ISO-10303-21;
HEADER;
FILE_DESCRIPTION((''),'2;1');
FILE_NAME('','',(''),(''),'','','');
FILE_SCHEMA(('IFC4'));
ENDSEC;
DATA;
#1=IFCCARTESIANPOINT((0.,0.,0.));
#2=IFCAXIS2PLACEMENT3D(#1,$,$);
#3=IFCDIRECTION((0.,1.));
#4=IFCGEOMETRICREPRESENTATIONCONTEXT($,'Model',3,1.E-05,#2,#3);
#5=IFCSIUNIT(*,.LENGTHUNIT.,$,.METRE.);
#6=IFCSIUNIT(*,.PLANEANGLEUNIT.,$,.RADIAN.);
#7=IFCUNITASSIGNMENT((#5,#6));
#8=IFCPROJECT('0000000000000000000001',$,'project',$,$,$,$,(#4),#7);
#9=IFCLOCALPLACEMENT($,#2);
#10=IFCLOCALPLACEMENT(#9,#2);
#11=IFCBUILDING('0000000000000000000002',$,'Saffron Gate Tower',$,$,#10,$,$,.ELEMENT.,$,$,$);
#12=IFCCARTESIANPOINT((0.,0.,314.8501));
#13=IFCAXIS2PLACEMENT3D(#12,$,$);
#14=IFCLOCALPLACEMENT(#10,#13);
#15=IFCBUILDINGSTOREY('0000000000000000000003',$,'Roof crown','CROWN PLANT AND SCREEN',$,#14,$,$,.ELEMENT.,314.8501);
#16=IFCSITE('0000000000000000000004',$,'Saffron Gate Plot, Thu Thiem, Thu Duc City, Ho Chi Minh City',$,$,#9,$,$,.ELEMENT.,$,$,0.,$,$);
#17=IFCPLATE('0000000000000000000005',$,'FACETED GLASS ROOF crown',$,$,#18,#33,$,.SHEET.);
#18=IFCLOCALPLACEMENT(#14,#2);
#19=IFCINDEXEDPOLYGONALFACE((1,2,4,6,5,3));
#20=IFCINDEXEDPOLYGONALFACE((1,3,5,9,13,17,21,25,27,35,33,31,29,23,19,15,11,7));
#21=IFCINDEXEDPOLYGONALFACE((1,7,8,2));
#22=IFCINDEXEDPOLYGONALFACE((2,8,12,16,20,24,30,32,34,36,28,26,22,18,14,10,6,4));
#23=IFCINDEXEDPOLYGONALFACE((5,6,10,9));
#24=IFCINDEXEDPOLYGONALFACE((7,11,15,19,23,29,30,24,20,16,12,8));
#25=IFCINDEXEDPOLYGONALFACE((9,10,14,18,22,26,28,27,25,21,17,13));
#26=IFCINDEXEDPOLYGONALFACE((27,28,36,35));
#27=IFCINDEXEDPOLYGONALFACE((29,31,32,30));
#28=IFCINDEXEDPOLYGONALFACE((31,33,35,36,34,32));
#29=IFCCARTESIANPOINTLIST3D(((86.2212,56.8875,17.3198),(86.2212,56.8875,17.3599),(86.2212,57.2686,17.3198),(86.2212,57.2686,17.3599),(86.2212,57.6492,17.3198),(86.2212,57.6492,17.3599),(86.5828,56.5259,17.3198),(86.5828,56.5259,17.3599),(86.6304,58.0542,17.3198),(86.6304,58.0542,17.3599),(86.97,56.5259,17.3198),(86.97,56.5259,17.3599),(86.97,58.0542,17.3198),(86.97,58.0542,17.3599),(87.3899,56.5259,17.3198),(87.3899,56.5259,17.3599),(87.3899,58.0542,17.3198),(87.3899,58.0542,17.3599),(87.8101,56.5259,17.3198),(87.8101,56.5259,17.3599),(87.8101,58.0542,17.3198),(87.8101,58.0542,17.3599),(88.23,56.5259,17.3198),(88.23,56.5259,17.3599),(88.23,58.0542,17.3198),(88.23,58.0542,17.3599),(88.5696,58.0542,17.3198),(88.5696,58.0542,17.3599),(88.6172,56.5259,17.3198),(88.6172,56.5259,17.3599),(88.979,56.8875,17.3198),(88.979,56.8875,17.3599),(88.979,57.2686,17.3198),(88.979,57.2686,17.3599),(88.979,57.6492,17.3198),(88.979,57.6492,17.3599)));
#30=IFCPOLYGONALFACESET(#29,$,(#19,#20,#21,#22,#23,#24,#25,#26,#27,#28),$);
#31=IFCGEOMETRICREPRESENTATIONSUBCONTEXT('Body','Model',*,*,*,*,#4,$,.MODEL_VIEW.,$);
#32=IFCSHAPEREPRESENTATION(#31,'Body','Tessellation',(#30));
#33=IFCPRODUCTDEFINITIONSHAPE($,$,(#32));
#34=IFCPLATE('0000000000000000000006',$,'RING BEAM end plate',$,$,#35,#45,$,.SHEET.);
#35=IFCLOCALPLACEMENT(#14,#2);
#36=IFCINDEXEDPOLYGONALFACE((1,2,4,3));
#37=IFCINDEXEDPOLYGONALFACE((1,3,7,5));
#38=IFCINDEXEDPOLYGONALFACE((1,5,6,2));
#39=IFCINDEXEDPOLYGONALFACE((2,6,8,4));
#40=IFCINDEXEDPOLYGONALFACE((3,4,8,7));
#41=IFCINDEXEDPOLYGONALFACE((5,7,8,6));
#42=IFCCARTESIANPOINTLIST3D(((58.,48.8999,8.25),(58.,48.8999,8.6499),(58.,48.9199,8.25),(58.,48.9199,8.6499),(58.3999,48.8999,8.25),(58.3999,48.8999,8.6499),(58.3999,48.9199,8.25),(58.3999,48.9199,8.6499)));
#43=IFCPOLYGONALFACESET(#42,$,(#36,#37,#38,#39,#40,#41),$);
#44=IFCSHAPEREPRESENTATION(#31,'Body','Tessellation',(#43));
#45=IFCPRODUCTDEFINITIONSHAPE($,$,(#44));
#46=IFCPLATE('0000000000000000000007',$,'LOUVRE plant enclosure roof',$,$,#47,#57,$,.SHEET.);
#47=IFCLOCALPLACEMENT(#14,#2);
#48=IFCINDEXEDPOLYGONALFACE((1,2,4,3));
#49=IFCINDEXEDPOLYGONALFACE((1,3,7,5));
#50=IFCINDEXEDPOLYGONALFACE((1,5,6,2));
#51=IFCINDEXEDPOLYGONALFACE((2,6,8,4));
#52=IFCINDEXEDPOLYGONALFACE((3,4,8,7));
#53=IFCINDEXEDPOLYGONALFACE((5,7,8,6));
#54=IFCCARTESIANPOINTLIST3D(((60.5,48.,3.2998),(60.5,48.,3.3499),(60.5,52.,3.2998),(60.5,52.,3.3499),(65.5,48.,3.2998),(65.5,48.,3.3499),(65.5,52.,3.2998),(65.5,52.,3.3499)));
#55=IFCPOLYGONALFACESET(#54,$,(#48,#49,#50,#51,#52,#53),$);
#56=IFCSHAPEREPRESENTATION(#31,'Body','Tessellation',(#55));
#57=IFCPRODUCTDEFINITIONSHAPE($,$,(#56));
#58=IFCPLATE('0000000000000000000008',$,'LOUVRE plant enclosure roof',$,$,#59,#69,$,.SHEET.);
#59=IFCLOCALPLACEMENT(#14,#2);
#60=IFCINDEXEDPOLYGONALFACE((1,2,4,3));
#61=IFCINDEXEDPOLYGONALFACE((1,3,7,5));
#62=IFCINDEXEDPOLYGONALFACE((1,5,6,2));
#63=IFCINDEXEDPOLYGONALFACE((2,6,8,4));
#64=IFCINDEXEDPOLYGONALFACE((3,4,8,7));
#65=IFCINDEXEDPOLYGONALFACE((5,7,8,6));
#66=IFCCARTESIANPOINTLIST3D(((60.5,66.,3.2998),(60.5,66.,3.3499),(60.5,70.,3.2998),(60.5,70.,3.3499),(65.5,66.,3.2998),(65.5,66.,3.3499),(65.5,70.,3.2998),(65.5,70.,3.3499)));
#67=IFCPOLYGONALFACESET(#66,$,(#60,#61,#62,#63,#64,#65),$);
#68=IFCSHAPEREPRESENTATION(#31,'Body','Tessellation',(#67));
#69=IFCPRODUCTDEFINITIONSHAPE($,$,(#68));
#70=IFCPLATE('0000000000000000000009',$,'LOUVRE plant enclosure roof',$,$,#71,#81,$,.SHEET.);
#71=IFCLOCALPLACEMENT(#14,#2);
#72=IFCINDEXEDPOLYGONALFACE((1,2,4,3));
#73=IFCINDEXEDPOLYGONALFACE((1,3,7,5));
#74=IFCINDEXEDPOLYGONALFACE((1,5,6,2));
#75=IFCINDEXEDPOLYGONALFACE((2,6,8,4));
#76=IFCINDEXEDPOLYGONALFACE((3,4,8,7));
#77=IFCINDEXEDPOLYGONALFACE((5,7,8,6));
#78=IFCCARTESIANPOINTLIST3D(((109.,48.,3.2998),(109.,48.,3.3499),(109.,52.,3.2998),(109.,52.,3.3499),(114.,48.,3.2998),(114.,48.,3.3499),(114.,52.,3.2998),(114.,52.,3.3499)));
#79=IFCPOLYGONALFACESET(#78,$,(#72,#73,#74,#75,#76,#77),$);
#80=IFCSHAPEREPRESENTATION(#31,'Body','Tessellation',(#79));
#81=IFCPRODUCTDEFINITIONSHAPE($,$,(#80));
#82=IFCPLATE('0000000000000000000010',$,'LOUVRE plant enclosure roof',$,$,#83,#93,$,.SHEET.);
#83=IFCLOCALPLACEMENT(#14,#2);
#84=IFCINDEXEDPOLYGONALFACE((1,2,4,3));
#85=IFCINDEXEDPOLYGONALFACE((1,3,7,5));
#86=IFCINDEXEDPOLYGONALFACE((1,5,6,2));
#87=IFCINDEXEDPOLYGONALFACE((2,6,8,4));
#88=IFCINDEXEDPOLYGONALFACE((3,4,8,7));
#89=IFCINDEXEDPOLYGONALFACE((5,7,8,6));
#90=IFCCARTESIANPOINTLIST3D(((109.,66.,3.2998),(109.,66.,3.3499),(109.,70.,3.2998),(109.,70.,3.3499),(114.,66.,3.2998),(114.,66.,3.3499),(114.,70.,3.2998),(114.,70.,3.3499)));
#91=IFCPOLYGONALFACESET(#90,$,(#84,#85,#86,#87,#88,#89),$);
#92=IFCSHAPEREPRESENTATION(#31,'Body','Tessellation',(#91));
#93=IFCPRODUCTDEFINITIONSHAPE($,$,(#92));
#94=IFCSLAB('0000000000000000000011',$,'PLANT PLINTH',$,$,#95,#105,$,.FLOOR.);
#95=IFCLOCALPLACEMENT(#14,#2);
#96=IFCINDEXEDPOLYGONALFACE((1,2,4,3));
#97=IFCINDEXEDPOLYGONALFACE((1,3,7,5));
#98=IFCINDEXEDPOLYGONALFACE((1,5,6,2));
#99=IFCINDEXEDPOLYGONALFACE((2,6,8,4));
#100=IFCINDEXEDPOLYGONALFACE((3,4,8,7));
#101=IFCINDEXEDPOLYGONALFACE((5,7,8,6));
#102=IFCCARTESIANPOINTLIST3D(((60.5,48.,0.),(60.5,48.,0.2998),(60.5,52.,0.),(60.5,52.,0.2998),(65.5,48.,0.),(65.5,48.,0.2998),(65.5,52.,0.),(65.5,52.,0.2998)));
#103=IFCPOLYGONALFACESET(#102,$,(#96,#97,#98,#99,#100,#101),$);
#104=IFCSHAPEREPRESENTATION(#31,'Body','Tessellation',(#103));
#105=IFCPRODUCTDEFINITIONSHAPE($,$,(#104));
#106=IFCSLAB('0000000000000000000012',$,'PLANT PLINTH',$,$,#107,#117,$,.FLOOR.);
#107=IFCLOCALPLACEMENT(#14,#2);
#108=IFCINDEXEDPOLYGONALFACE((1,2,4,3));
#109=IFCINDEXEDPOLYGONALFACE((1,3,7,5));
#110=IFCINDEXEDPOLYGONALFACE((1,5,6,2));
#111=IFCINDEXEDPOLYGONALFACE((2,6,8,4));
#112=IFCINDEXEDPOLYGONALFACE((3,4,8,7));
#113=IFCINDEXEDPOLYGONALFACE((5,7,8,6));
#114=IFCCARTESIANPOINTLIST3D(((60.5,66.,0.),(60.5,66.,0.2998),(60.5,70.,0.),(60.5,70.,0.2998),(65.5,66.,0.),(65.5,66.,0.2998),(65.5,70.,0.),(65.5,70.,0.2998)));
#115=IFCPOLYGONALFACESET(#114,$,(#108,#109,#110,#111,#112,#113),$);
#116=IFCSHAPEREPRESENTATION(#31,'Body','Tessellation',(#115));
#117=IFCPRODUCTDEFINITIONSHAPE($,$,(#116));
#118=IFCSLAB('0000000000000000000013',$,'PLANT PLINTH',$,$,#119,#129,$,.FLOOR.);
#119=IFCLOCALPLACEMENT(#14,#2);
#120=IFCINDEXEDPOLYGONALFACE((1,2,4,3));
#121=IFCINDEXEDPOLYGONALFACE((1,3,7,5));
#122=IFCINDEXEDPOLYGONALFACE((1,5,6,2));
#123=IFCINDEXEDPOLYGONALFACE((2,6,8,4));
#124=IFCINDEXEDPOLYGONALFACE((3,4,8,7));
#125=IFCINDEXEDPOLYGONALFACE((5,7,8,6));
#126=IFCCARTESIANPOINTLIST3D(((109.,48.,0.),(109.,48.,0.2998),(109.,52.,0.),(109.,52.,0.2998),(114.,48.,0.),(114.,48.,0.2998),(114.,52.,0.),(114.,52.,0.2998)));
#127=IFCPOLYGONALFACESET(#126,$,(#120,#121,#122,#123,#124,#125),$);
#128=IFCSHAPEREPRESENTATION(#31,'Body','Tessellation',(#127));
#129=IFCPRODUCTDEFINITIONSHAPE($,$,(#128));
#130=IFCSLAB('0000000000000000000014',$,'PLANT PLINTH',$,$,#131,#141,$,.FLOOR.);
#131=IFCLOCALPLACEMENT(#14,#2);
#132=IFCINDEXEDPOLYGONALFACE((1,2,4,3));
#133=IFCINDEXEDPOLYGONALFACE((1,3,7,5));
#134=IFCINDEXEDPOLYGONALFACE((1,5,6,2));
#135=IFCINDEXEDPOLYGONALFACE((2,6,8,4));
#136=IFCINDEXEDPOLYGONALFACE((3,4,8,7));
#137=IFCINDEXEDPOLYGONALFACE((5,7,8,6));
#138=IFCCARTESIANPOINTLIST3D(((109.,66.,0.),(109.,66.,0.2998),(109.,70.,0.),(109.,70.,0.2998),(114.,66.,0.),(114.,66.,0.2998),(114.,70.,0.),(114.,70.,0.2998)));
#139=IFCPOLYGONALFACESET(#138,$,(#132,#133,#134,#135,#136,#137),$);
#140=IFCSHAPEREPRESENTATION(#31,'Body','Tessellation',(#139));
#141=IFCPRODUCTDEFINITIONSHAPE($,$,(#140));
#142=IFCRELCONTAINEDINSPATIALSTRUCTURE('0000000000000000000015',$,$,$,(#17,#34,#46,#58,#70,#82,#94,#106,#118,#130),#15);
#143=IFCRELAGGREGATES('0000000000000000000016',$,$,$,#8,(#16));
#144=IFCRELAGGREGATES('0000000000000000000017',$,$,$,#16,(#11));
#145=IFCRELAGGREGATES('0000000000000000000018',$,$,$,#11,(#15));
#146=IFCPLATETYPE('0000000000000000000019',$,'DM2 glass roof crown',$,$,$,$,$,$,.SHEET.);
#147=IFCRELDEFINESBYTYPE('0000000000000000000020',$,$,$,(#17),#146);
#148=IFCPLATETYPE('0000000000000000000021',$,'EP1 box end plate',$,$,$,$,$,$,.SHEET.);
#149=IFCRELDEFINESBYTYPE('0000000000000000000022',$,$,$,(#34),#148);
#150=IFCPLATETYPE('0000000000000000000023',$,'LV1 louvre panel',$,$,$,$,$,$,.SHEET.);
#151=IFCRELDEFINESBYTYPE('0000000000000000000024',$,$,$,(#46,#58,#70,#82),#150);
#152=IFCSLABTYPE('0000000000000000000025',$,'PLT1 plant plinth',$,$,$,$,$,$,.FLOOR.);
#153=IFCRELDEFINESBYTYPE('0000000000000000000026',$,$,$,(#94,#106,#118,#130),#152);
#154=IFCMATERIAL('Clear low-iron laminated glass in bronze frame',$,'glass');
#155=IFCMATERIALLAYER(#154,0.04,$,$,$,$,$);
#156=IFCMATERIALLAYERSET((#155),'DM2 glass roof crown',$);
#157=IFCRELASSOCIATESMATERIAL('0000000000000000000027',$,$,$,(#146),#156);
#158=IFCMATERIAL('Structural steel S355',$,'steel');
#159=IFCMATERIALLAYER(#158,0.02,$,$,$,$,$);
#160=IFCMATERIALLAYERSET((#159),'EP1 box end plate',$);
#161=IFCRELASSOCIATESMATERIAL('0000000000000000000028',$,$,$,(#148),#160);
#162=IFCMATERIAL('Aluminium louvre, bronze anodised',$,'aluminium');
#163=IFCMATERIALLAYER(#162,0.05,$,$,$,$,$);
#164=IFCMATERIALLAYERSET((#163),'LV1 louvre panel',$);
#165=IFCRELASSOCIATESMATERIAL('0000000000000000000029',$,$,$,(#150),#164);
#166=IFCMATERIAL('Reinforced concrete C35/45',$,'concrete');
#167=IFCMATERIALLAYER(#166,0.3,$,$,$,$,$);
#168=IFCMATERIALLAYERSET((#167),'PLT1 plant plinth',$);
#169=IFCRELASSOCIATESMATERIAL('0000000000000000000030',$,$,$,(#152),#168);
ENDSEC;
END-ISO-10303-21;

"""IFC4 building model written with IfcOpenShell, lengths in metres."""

from ifc_helpers import new_model, si_unit, direction, frame, origin, origin_2d, place, context, subcontext, project, spatial, polyline, rectangle, outline, extrude, material, layer, layer_set, type_object, element, save


model = new_model("IFC4")

# Units and contexts
model_context = context("Model", 3, precision=1e-05, world=origin(), true_north=direction((0.0, 1.0)))
body_context = subcontext(model_context, "Body", "Model", "MODEL_VIEW")
ifc_project = project(units=[si_unit("LENGTHUNIT", "METRE"), si_unit("PLANEANGLEUNIT", "RADIAN")], contexts=[model_context])

# Site, building, storey
site_placement = place(None, origin())
site = spatial("IfcSite", under=ifc_project, at=site_placement, Name="Saffron Gate Plot, Thu Thiem, Thu Duc City, Ho Chi Minh City", CompositionType="ELEMENT", RefElevation=0.0)
building_placement = place(site_placement, origin())
building = spatial("IfcBuilding", under=site, at=building_placement, Name="Saffron Gate Tower", CompositionType="ELEMENT")
storey_placement = place(building_placement, frame((0.0, 0.0, 314.8501)))
storey = spatial("IfcBuildingStorey", under=building, at=storey_placement, Name="Roof crown", Description="CROWN PLANT AND SCREEN", CompositionType="ELEMENT", Elevation=314.8501)

# Shared definitions
ifc_material_1 = material(Name="Structural steel S355", Category="steel")

# Plates
ifc_material_2 = material(Name="Clear low-iron laminated glass in bronze frame", Category="glass")
ifc_layer_1 = layer(ifc_material_2, 0.04)
ifc_layer_set_1 = layer_set([ifc_layer_1], Name="DM2 glass roof crown")
plate_type_1 = type_object("IfcPlateType", Name="DM2 glass roof crown", PredefinedType="SHEET", material=ifc_layer_set_1)
plate_1_placement = place(storey_placement, frame((0.0, 0.0, 17.3198)))
element("IfcPlate", 1, at=plate_1_placement, inside=storey, type_object=plate_type_1, Name="FACETED GLASS ROOF crown", PredefinedType="SHEET", context=body_context, shape_type="SweptSolid", body=[
    extrude(outline(polyline([(86.5828, 56.5259), (86.97, 56.5259), (87.3899, 56.5259), (87.8101, 56.5259), (88.23, 56.5259), (88.6172, 56.5259), (88.979, 56.8875), (88.979, 57.2686), (88.979, 57.6492), (88.5696, 58.0542), (88.23, 58.0542), (87.8101, 58.0542), (87.3899, 58.0542), (86.97, 58.0542), (86.6304, 58.0542), (86.2212, 57.6492), (86.2212, 57.2686), (86.2212, 56.8875), (86.5828, 56.5259)])), origin(), (0.0, 0.0, 1.0), 0.04),
])
ifc_layer_2 = layer(ifc_material_1, 0.02)
ifc_layer_set_2 = layer_set([ifc_layer_2], Name="EP1 box end plate")
plate_type_2 = type_object("IfcPlateType", Name="EP1 box end plate", PredefinedType="SHEET", material=ifc_layer_set_2)
plate_2_placement = place(storey_placement, frame((58.2, 48.9099, 8.25), z_axis=(0.0, 0.0, 1.0), x_axis=(0.0, -1.0, 0.0)))
element("IfcPlate", 2, at=plate_2_placement, inside=storey, type_object=plate_type_2, Name="RING BEAM end plate", PredefinedType="SHEET", context=body_context, shape_type="SweptSolid", body=[
    extrude(rectangle(XDim=0.02, YDim=0.3999, at=origin_2d()), origin(), (0.0, 0.0, 1.0), 0.3999),
])
ifc_material_3 = material(Name="Aluminium louvre, bronze anodised", Category="aluminium")
ifc_layer_3 = layer(ifc_material_3, 0.05)
ifc_layer_set_3 = layer_set([ifc_layer_3], Name="LV1 louvre panel")
plate_type_3 = type_object("IfcPlateType", Name="LV1 louvre panel", PredefinedType="SHEET", material=ifc_layer_set_3)
plate_3_placement = place(storey_placement, frame((0.0, 0.0, 3.2998)))
element("IfcPlate", 3, at=plate_3_placement, inside=storey, type_object=plate_type_3, Name="LOUVRE plant enclosure roof", PredefinedType="SHEET", context=body_context, shape_type="SweptSolid", body=[
    extrude(outline(polyline([(60.5, 48.0), (65.5, 48.0), (65.5, 52.0), (60.5, 52.0), (60.5, 48.0)])), origin(), (0.0, 0.0, 1.0), 0.05),
])
plate_4_placement = place(storey_placement, frame((0.0, 0.0, 3.2998)))
element("IfcPlate", 4, at=plate_4_placement, inside=storey, type_object=plate_type_3, Name="LOUVRE plant enclosure roof", PredefinedType="SHEET", context=body_context, shape_type="SweptSolid", body=[
    extrude(outline(polyline([(60.5, 66.0), (65.5, 66.0), (65.5, 70.0), (60.5, 70.0), (60.5, 66.0)])), origin(), (0.0, 0.0, 1.0), 0.05),
])
plate_5_placement = place(storey_placement, frame((0.0, 0.0, 3.2998)))
element("IfcPlate", 5, at=plate_5_placement, inside=storey, type_object=plate_type_3, Name="LOUVRE plant enclosure roof", PredefinedType="SHEET", context=body_context, shape_type="SweptSolid", body=[
    extrude(outline(polyline([(109.0, 48.0), (114.0, 48.0), (114.0, 52.0), (109.0, 52.0), (109.0, 48.0)])), origin(), (0.0, 0.0, 1.0), 0.05),
])
plate_6_placement = place(storey_placement, frame((0.0, 0.0, 3.2998)))
element("IfcPlate", 6, at=plate_6_placement, inside=storey, type_object=plate_type_3, Name="LOUVRE plant enclosure roof", PredefinedType="SHEET", context=body_context, shape_type="SweptSolid", body=[
    extrude(outline(polyline([(109.0, 66.0), (114.0, 66.0), (114.0, 70.0), (109.0, 70.0), (109.0, 66.0)])), origin(), (0.0, 0.0, 1.0), 0.05),
])

# Slabs
ifc_material_4 = material(Name="Reinforced concrete C35/45", Category="concrete")
ifc_layer_4 = layer(ifc_material_4, 0.3)
ifc_layer_set_4 = layer_set([ifc_layer_4], Name="PLT1 plant plinth")
slab_type_1 = type_object("IfcSlabType", Name="PLT1 plant plinth", PredefinedType="FLOOR", material=ifc_layer_set_4)
slab_1_placement = place(storey_placement, origin())
element("IfcSlab", 7, at=slab_1_placement, inside=storey, type_object=slab_type_1, Name="PLANT PLINTH", PredefinedType="FLOOR", context=body_context, shape_type="SweptSolid", body=[
    extrude(outline(polyline([(60.5, 48.0), (65.5, 48.0), (65.5, 52.0), (60.5, 52.0), (60.5, 48.0)])), origin(), (0.0, 0.0, 1.0), 0.2998),
])
slab_2_placement = place(storey_placement, origin())
element("IfcSlab", 8, at=slab_2_placement, inside=storey, type_object=slab_type_1, Name="PLANT PLINTH", PredefinedType="FLOOR", context=body_context, shape_type="SweptSolid", body=[
    extrude(outline(polyline([(60.5, 66.0), (65.5, 66.0), (65.5, 70.0), (60.5, 70.0), (60.5, 66.0)])), origin(), (0.0, 0.0, 1.0), 0.2998),
])
slab_3_placement = place(storey_placement, origin())
element("IfcSlab", 9, at=slab_3_placement, inside=storey, type_object=slab_type_1, Name="PLANT PLINTH", PredefinedType="FLOOR", context=body_context, shape_type="SweptSolid", body=[
    extrude(outline(polyline([(109.0, 48.0), (114.0, 48.0), (114.0, 52.0), (109.0, 52.0), (109.0, 48.0)])), origin(), (0.0, 0.0, 1.0), 0.2998),
])
slab_4_placement = place(storey_placement, origin())
element("IfcSlab", 10, at=slab_4_placement, inside=storey, type_object=slab_type_1, Name="PLANT PLINTH", PredefinedType="FLOOR", context=body_context, shape_type="SweptSolid", body=[
    extrude(outline(polyline([(109.0, 66.0), (114.0, 66.0), (114.0, 70.0), (109.0, 70.0), (109.0, 66.0)])), origin(), (0.0, 0.0, 1.0), 0.2998),
])

save(model, "model.ifc")
